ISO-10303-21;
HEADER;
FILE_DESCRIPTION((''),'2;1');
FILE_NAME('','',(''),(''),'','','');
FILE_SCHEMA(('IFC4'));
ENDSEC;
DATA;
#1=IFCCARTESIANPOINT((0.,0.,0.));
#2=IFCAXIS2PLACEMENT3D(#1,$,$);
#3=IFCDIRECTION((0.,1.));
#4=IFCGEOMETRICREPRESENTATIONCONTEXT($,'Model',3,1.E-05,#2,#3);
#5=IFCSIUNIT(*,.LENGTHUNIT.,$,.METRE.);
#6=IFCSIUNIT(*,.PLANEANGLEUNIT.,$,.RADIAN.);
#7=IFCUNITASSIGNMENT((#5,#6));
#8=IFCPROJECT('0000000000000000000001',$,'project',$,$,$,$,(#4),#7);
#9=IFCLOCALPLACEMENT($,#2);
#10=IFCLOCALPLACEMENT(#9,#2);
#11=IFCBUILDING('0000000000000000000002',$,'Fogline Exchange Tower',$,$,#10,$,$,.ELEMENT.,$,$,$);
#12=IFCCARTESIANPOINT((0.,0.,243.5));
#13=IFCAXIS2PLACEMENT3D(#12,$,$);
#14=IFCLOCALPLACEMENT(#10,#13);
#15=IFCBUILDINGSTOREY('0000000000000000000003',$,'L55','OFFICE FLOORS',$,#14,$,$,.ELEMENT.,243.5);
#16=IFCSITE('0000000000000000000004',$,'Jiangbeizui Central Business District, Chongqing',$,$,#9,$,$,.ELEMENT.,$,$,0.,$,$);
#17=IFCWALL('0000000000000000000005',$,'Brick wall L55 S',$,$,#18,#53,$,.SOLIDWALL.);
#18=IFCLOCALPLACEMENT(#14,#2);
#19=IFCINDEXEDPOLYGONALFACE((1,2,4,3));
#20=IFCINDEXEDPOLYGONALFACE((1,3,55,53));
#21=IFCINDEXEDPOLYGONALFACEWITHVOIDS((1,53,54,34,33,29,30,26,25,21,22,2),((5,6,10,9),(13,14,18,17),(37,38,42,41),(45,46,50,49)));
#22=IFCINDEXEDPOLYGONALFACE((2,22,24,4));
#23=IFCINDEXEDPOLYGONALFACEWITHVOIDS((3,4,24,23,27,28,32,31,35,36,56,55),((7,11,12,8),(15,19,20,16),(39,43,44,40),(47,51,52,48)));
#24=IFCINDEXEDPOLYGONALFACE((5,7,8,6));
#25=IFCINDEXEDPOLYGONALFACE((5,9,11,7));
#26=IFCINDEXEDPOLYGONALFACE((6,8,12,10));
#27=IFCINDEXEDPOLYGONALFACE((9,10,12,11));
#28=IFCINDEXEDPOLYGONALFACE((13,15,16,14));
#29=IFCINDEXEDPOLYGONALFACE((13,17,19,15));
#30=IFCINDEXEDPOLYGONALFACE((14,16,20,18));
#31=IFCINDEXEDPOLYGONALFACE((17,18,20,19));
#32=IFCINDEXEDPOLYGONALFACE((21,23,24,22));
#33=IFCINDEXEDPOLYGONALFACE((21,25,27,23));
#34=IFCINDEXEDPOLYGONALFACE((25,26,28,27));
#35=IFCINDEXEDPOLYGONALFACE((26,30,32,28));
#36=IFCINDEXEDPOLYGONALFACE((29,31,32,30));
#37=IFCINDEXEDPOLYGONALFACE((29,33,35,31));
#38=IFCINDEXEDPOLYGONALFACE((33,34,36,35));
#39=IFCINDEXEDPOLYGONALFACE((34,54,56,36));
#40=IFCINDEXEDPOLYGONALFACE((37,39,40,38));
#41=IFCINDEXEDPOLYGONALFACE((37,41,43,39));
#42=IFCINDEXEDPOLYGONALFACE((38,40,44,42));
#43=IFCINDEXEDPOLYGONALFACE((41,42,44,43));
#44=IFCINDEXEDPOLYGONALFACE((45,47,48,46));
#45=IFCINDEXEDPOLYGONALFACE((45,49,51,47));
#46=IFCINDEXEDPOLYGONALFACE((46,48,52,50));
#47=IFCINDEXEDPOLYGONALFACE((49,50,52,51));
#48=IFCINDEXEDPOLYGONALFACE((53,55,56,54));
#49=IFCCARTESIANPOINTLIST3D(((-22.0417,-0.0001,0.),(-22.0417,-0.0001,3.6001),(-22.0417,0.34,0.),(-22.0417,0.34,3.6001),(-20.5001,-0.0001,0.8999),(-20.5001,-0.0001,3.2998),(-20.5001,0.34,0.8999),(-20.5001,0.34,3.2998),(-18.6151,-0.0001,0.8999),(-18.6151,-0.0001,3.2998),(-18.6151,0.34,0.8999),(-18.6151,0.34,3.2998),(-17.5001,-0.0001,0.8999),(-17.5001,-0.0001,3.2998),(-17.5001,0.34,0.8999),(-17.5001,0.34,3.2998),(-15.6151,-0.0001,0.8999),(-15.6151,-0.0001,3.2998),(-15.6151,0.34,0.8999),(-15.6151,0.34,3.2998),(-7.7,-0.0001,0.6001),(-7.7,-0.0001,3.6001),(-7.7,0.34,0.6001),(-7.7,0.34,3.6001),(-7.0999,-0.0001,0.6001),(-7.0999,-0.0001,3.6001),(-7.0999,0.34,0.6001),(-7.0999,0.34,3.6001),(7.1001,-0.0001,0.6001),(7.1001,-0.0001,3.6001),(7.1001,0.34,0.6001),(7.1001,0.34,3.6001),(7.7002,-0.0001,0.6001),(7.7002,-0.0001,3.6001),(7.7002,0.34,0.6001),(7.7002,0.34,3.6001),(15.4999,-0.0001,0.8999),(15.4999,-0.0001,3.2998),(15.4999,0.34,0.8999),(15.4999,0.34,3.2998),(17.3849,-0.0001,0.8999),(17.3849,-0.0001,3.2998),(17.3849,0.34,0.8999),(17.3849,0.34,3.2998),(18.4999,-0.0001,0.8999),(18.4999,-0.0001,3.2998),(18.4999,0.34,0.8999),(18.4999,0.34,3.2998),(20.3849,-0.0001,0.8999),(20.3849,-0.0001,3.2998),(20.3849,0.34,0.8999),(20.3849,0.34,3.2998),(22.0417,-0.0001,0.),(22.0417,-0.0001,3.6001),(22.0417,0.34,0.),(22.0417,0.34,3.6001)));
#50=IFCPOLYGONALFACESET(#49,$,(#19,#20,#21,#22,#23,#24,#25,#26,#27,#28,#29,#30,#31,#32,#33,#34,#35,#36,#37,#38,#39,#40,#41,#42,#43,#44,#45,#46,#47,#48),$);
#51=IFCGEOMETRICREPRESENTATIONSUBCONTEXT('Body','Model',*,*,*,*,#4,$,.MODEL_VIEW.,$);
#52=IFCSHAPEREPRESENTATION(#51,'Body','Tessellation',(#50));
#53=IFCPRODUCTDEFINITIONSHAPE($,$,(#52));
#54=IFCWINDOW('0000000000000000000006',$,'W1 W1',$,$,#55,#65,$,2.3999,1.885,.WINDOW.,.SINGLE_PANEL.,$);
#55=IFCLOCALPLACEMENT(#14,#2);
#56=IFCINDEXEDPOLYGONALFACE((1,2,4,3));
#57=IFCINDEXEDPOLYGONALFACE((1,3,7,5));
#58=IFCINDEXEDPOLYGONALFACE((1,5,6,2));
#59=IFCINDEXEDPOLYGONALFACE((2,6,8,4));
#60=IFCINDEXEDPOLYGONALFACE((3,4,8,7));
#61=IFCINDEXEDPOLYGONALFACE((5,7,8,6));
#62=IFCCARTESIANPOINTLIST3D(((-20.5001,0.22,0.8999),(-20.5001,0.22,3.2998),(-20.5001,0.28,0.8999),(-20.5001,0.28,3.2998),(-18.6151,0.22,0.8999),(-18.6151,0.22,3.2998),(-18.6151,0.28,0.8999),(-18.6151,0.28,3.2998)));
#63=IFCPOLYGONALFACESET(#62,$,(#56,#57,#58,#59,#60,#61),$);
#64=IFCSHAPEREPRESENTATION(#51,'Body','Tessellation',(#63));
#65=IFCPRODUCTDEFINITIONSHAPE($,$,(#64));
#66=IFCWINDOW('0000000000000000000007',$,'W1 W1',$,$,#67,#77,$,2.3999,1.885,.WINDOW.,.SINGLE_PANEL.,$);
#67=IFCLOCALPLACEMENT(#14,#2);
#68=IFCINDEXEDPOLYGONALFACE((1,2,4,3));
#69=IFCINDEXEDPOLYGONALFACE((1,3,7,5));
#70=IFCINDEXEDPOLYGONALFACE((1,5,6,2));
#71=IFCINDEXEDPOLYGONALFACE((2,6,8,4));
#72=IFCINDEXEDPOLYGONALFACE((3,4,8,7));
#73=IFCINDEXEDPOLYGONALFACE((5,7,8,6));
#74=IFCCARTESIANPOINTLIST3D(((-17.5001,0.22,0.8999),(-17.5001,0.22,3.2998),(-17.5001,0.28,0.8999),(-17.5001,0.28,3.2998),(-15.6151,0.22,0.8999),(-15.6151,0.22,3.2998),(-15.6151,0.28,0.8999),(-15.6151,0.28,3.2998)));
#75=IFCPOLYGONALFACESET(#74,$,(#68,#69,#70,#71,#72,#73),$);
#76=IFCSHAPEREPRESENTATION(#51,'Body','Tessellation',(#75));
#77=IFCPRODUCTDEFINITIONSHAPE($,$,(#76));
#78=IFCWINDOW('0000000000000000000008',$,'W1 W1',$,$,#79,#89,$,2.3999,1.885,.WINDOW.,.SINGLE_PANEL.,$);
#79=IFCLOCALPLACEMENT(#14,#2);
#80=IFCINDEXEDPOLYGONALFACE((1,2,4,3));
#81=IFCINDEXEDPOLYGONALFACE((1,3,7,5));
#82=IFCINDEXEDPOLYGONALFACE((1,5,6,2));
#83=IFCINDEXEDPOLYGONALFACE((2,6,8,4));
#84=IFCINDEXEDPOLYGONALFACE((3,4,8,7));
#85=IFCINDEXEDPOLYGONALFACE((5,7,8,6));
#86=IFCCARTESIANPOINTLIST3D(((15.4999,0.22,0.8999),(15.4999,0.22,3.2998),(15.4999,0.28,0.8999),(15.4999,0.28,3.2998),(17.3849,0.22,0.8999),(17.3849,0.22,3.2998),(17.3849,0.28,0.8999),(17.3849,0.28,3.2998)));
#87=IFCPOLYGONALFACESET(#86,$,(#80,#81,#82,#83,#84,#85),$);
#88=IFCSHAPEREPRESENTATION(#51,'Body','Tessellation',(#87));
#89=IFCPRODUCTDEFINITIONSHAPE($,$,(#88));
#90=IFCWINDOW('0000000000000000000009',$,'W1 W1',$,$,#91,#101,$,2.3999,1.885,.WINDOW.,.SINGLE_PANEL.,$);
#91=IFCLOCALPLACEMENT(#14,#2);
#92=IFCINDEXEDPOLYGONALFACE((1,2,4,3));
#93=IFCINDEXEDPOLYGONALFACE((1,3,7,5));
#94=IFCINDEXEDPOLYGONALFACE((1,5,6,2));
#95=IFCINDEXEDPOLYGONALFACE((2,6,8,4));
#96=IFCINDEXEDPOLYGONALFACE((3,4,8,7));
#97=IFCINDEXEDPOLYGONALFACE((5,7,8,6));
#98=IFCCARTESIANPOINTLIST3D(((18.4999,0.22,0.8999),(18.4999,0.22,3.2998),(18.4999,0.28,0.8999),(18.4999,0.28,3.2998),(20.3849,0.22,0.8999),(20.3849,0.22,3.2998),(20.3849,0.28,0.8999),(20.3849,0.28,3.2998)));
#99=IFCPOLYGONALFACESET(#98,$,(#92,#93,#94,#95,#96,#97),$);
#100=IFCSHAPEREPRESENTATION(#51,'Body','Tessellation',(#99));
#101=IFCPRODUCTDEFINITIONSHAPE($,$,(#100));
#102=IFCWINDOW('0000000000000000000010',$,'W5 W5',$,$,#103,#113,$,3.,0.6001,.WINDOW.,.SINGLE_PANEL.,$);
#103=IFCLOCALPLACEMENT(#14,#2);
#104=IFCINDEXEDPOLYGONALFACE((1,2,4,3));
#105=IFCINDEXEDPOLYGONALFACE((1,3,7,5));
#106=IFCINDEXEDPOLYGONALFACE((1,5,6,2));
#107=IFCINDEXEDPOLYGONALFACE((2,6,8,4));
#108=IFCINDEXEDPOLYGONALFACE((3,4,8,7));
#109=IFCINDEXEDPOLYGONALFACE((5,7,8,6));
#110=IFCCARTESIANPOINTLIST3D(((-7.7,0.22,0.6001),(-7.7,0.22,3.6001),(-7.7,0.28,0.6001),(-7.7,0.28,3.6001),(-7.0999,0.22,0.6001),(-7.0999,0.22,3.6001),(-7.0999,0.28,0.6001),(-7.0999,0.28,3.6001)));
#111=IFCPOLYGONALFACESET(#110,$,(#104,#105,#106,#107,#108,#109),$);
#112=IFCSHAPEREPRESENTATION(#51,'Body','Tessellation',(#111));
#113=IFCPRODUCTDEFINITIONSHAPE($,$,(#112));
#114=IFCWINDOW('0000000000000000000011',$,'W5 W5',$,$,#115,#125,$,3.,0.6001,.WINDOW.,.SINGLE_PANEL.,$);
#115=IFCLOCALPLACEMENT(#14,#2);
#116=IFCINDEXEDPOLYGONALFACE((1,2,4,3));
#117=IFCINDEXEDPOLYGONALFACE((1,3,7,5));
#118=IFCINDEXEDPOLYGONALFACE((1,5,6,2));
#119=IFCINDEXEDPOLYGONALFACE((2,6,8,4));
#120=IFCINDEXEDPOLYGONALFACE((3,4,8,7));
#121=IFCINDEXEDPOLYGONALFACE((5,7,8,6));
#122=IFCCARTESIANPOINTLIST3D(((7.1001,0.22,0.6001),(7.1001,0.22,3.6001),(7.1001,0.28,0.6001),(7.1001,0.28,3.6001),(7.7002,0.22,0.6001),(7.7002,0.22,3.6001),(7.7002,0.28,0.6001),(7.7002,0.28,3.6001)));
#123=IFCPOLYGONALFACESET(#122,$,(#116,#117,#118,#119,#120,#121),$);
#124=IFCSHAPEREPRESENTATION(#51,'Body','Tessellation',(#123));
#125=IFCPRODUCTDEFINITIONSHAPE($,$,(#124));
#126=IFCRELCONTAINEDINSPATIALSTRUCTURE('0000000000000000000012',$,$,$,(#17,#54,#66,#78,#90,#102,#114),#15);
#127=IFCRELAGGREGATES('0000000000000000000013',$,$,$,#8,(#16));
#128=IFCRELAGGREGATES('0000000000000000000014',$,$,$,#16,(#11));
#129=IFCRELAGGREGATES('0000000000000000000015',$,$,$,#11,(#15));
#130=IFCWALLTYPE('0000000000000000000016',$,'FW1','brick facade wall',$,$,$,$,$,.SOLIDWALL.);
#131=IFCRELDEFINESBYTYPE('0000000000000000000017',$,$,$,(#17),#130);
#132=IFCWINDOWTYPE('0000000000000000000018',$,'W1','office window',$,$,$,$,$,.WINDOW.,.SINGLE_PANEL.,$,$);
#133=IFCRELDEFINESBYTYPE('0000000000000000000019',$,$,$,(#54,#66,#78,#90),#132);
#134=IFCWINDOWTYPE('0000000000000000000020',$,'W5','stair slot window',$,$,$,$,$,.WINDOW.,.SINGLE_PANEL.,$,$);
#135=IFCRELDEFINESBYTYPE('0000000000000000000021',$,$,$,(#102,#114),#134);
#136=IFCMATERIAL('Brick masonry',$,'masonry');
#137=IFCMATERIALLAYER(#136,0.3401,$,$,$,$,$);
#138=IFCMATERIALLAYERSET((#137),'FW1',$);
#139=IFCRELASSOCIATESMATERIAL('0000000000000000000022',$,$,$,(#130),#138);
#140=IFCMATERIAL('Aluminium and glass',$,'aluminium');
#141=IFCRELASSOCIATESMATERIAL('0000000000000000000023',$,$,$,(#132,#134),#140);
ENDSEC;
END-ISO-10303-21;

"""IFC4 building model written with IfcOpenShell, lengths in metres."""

from ifc_helpers import new_model, si_unit, direction, frame, frame_2d, origin, place, context, subcontext, project, spatial, rectangle, extrude, material, layer, layer_set, type_object, element, fill, save


model = new_model("IFC4")

# Units and contexts
model_context = context("Model", 3, precision=1e-05, world=origin(), true_north=direction((0.0, 1.0)))
body_context = subcontext(model_context, "Body", "Model", "MODEL_VIEW")
ifc_project = project(units=[si_unit("LENGTHUNIT", "METRE"), si_unit("PLANEANGLEUNIT", "RADIAN")], contexts=[model_context])

# Site, building, storey
site_placement = place(None, origin())
site = spatial("IfcSite", under=ifc_project, at=site_placement, Name="Jiangbeizui Central Business District, Chongqing", CompositionType="ELEMENT", RefElevation=0.0)
building_placement = place(site_placement, origin())
building = spatial("IfcBuilding", under=site, at=building_placement, Name="Fogline Exchange Tower", CompositionType="ELEMENT")
storey_placement = place(building_placement, frame((0.0, 0.0, 243.5)))
storey = spatial("IfcBuildingStorey", under=building, at=storey_placement, Name="L55", Description="OFFICE FLOORS", CompositionType="ELEMENT", Elevation=243.5)

# Shared definitions
ifc_material_1 = material(Name="Brick masonry", Category="masonry")
ifc_layer = layer(ifc_material_1, 0.3401)
ifc_layer_set = layer_set([ifc_layer], Name="FW1")
wall_type = type_object("IfcWallType", Name="FW1", Description="brick facade wall", PredefinedType="SOLIDWALL", material=ifc_layer_set)
ifc_material_2 = material(Name="Aluminium and glass", Category="aluminium")

# Wall, openings, windows
wall_1_placement = place(storey_placement, frame((-22.0417, 0.1699, 0.0), z_axis=(0.0, 0.0, 1.0), x_axis=(1.0, 0.0, 0.0)))
wall_1 = element("IfcWall", 1, at=wall_1_placement, inside=storey, type_object=wall_type, Name="Brick wall L55 S", PredefinedType="SOLIDWALL", context=body_context, shape_type="SweptSolid", body=[
    extrude(rectangle(XDim=44.0835, YDim=0.3401, at=frame_2d((22.0417, 0.0))), origin(), (0.0, 0.0, 1.0), 3.6001),
])
opening_1_placement = place(wall_1_placement, frame((1.5417, 0.0, 0.8999)))
opening_1 = element("IfcOpeningElement", 2, at=opening_1_placement, cuts=wall_1, PredefinedType="OPENING", context=body_context, shape_type="SweptSolid", body=[
    extrude(rectangle(XDim=1.885, YDim=2.3999, at=frame_2d((0.9424, 1.2))), frame((0.0, 0.1802, 0.0), z_axis=(0.0, -1.0, 0.0), x_axis=(1.0, 0.0, 0.0)), (0.0, 0.0, 1.0), 0.3601),
])
opening_2_placement = place(wall_1_placement, frame((4.5417, 0.0, 0.8999)))
opening_2 = element("IfcOpeningElement", 3, at=opening_2_placement, cuts=wall_1, PredefinedType="OPENING", context=body_context, shape_type="SweptSolid", body=[
    extrude(rectangle(XDim=1.885, YDim=2.3999, at=frame_2d((0.9424, 1.2))), frame((0.0, 0.1802, 0.0), z_axis=(0.0, -1.0, 0.0), x_axis=(1.0, 0.0, 0.0)), (0.0, 0.0, 1.0), 0.3601),
])
opening_3_placement = place(wall_1_placement, frame((37.5417, 0.0, 0.8999)))
opening_3 = element("IfcOpeningElement", 4, at=opening_3_placement, cuts=wall_1, PredefinedType="OPENING", context=body_context, shape_type="SweptSolid", body=[
    extrude(rectangle(XDim=1.885, YDim=2.3999, at=frame_2d((0.9424, 1.2))), frame((0.0, 0.1802, 0.0), z_axis=(0.0, -1.0, 0.0), x_axis=(1.0, 0.0, 0.0)), (0.0, 0.0, 1.0), 0.3601),
])
opening_4_placement = place(wall_1_placement, frame((40.5417, 0.0, 0.8999)))
opening_4 = element("IfcOpeningElement", 5, at=opening_4_placement, cuts=wall_1, PredefinedType="OPENING", context=body_context, shape_type="SweptSolid", body=[
    extrude(rectangle(XDim=1.885, YDim=2.3999, at=frame_2d((0.9424, 1.2))), frame((0.0, 0.1802, 0.0), z_axis=(0.0, -1.0, 0.0), x_axis=(1.0, 0.0, 0.0)), (0.0, 0.0, 1.0), 0.3601),
])
opening_5_placement = place(wall_1_placement, frame((14.3418, 0.0, 0.6001)))
opening_5 = element("IfcOpeningElement", 6, at=opening_5_placement, cuts=wall_1, PredefinedType="OPENING", context=body_context, shape_type="SweptSolid", body=[
    extrude(rectangle(XDim=0.6001, YDim=3.0, at=frame_2d((0.3, 1.5))), frame((0.0, 0.1802, 0.0), z_axis=(0.0, -1.0, 0.0), x_axis=(1.0, 0.0, 0.0)), (0.0, 0.0, 1.0), 0.3601),
])
opening_6_placement = place(wall_1_placement, frame((29.1418, 0.0, 0.6001)))
opening_6 = element("IfcOpeningElement", 7, at=opening_6_placement, cuts=wall_1, PredefinedType="OPENING", context=body_context, shape_type="SweptSolid", body=[
    extrude(rectangle(XDim=0.6001, YDim=3.0, at=frame_2d((0.3, 1.5))), frame((0.0, 0.1802, 0.0), z_axis=(0.0, -1.0, 0.0), x_axis=(1.0, 0.0, 0.0)), (0.0, 0.0, 1.0), 0.3601),
])
window_type_1 = type_object("IfcWindowType", Name="W1", Description="office window", PartitioningType="SINGLE_PANEL", PredefinedType="WINDOW", material=ifc_material_2)
window_1_placement = place(opening_1_placement, origin())
window_1 = element("IfcWindow", 8, at=window_1_placement, inside=storey, type_object=window_type_1, Name="W1 W1", OverallHeight=2.3999, OverallWidth=1.885, PartitioningType="SINGLE_PANEL", PredefinedType="WINDOW", context=body_context, shape_type="SweptSolid", body=[
    extrude(rectangle(XDim=1.885, YDim=2.3999, at=frame_2d((0.9424, 1.2))), frame((0.0, 0.1101, 0.0), z_axis=(0.0, -1.0, 0.0), x_axis=(1.0, 0.0, 0.0)), (0.0, 0.0, 1.0), 0.0601),
])
fill(opening_1, window_1)
window_2_placement = place(opening_2_placement, origin())
window_2 = element("IfcWindow", 9, at=window_2_placement, inside=storey, type_object=window_type_1, Name="W1 W1", OverallHeight=2.3999, OverallWidth=1.885, PartitioningType="SINGLE_PANEL", PredefinedType="WINDOW", context=body_context, shape_type="SweptSolid", body=[
    extrude(rectangle(XDim=1.885, YDim=2.3999, at=frame_2d((0.9424, 1.2))), frame((0.0, 0.1101, 0.0), z_axis=(0.0, -1.0, 0.0), x_axis=(1.0, 0.0, 0.0)), (0.0, 0.0, 1.0), 0.0601),
])
fill(opening_2, window_2)
window_3_placement = place(opening_3_placement, origin())
window_3 = element("IfcWindow", 10, at=window_3_placement, inside=storey, type_object=window_type_1, Name="W1 W1", OverallHeight=2.3999, OverallWidth=1.885, PartitioningType="SINGLE_PANEL", PredefinedType="WINDOW", context=body_context, shape_type="SweptSolid", body=[
    extrude(rectangle(XDim=1.885, YDim=2.3999, at=frame_2d((0.9424, 1.2))), frame((0.0, 0.1101, 0.0), z_axis=(0.0, -1.0, 0.0), x_axis=(1.0, 0.0, 0.0)), (0.0, 0.0, 1.0), 0.0601),
])
fill(opening_3, window_3)
window_4_placement = place(opening_4_placement, origin())
window_4 = element("IfcWindow", 11, at=window_4_placement, inside=storey, type_object=window_type_1, Name="W1 W1", OverallHeight=2.3999, OverallWidth=1.885, PartitioningType="SINGLE_PANEL", PredefinedType="WINDOW", context=body_context, shape_type="SweptSolid", body=[
    extrude(rectangle(XDim=1.885, YDim=2.3999, at=frame_2d((0.9424, 1.2))), frame((0.0, 0.1101, 0.0), z_axis=(0.0, -1.0, 0.0), x_axis=(1.0, 0.0, 0.0)), (0.0, 0.0, 1.0), 0.0601),
])
fill(opening_4, window_4)
window_type_2 = type_object("IfcWindowType", Name="W5", Description="stair slot window", PartitioningType="SINGLE_PANEL", PredefinedType="WINDOW", material=ifc_material_2)
window_5_placement = place(opening_5_placement, origin())
window_5 = element("IfcWindow", 12, at=window_5_placement, inside=storey, type_object=window_type_2, Name="W5 W5", OverallHeight=3.0, OverallWidth=0.6001, PartitioningType="SINGLE_PANEL", PredefinedType="WINDOW", context=body_context, shape_type="SweptSolid", body=[
    extrude(rectangle(XDim=0.6001, YDim=3.0, at=frame_2d((0.3, 1.5))), frame((0.0, 0.1101, 0.0), z_axis=(0.0, -1.0, 0.0), x_axis=(1.0, 0.0, 0.0)), (0.0, 0.0, 1.0), 0.0601),
])
fill(opening_5, window_5)
window_6_placement = place(opening_6_placement, origin())
window_6 = element("IfcWindow", 13, at=window_6_placement, inside=storey, type_object=window_type_2, Name="W5 W5", OverallHeight=3.0, OverallWidth=0.6001, PartitioningType="SINGLE_PANEL", PredefinedType="WINDOW", context=body_context, shape_type="SweptSolid", body=[
    extrude(rectangle(XDim=0.6001, YDim=3.0, at=frame_2d((0.3, 1.5))), frame((0.0, 0.1101, 0.0), z_axis=(0.0, -1.0, 0.0), x_axis=(1.0, 0.0, 0.0)), (0.0, 0.0, 1.0), 0.0601),
])
fill(opening_6, window_6)

save(model, "model.ifc")
